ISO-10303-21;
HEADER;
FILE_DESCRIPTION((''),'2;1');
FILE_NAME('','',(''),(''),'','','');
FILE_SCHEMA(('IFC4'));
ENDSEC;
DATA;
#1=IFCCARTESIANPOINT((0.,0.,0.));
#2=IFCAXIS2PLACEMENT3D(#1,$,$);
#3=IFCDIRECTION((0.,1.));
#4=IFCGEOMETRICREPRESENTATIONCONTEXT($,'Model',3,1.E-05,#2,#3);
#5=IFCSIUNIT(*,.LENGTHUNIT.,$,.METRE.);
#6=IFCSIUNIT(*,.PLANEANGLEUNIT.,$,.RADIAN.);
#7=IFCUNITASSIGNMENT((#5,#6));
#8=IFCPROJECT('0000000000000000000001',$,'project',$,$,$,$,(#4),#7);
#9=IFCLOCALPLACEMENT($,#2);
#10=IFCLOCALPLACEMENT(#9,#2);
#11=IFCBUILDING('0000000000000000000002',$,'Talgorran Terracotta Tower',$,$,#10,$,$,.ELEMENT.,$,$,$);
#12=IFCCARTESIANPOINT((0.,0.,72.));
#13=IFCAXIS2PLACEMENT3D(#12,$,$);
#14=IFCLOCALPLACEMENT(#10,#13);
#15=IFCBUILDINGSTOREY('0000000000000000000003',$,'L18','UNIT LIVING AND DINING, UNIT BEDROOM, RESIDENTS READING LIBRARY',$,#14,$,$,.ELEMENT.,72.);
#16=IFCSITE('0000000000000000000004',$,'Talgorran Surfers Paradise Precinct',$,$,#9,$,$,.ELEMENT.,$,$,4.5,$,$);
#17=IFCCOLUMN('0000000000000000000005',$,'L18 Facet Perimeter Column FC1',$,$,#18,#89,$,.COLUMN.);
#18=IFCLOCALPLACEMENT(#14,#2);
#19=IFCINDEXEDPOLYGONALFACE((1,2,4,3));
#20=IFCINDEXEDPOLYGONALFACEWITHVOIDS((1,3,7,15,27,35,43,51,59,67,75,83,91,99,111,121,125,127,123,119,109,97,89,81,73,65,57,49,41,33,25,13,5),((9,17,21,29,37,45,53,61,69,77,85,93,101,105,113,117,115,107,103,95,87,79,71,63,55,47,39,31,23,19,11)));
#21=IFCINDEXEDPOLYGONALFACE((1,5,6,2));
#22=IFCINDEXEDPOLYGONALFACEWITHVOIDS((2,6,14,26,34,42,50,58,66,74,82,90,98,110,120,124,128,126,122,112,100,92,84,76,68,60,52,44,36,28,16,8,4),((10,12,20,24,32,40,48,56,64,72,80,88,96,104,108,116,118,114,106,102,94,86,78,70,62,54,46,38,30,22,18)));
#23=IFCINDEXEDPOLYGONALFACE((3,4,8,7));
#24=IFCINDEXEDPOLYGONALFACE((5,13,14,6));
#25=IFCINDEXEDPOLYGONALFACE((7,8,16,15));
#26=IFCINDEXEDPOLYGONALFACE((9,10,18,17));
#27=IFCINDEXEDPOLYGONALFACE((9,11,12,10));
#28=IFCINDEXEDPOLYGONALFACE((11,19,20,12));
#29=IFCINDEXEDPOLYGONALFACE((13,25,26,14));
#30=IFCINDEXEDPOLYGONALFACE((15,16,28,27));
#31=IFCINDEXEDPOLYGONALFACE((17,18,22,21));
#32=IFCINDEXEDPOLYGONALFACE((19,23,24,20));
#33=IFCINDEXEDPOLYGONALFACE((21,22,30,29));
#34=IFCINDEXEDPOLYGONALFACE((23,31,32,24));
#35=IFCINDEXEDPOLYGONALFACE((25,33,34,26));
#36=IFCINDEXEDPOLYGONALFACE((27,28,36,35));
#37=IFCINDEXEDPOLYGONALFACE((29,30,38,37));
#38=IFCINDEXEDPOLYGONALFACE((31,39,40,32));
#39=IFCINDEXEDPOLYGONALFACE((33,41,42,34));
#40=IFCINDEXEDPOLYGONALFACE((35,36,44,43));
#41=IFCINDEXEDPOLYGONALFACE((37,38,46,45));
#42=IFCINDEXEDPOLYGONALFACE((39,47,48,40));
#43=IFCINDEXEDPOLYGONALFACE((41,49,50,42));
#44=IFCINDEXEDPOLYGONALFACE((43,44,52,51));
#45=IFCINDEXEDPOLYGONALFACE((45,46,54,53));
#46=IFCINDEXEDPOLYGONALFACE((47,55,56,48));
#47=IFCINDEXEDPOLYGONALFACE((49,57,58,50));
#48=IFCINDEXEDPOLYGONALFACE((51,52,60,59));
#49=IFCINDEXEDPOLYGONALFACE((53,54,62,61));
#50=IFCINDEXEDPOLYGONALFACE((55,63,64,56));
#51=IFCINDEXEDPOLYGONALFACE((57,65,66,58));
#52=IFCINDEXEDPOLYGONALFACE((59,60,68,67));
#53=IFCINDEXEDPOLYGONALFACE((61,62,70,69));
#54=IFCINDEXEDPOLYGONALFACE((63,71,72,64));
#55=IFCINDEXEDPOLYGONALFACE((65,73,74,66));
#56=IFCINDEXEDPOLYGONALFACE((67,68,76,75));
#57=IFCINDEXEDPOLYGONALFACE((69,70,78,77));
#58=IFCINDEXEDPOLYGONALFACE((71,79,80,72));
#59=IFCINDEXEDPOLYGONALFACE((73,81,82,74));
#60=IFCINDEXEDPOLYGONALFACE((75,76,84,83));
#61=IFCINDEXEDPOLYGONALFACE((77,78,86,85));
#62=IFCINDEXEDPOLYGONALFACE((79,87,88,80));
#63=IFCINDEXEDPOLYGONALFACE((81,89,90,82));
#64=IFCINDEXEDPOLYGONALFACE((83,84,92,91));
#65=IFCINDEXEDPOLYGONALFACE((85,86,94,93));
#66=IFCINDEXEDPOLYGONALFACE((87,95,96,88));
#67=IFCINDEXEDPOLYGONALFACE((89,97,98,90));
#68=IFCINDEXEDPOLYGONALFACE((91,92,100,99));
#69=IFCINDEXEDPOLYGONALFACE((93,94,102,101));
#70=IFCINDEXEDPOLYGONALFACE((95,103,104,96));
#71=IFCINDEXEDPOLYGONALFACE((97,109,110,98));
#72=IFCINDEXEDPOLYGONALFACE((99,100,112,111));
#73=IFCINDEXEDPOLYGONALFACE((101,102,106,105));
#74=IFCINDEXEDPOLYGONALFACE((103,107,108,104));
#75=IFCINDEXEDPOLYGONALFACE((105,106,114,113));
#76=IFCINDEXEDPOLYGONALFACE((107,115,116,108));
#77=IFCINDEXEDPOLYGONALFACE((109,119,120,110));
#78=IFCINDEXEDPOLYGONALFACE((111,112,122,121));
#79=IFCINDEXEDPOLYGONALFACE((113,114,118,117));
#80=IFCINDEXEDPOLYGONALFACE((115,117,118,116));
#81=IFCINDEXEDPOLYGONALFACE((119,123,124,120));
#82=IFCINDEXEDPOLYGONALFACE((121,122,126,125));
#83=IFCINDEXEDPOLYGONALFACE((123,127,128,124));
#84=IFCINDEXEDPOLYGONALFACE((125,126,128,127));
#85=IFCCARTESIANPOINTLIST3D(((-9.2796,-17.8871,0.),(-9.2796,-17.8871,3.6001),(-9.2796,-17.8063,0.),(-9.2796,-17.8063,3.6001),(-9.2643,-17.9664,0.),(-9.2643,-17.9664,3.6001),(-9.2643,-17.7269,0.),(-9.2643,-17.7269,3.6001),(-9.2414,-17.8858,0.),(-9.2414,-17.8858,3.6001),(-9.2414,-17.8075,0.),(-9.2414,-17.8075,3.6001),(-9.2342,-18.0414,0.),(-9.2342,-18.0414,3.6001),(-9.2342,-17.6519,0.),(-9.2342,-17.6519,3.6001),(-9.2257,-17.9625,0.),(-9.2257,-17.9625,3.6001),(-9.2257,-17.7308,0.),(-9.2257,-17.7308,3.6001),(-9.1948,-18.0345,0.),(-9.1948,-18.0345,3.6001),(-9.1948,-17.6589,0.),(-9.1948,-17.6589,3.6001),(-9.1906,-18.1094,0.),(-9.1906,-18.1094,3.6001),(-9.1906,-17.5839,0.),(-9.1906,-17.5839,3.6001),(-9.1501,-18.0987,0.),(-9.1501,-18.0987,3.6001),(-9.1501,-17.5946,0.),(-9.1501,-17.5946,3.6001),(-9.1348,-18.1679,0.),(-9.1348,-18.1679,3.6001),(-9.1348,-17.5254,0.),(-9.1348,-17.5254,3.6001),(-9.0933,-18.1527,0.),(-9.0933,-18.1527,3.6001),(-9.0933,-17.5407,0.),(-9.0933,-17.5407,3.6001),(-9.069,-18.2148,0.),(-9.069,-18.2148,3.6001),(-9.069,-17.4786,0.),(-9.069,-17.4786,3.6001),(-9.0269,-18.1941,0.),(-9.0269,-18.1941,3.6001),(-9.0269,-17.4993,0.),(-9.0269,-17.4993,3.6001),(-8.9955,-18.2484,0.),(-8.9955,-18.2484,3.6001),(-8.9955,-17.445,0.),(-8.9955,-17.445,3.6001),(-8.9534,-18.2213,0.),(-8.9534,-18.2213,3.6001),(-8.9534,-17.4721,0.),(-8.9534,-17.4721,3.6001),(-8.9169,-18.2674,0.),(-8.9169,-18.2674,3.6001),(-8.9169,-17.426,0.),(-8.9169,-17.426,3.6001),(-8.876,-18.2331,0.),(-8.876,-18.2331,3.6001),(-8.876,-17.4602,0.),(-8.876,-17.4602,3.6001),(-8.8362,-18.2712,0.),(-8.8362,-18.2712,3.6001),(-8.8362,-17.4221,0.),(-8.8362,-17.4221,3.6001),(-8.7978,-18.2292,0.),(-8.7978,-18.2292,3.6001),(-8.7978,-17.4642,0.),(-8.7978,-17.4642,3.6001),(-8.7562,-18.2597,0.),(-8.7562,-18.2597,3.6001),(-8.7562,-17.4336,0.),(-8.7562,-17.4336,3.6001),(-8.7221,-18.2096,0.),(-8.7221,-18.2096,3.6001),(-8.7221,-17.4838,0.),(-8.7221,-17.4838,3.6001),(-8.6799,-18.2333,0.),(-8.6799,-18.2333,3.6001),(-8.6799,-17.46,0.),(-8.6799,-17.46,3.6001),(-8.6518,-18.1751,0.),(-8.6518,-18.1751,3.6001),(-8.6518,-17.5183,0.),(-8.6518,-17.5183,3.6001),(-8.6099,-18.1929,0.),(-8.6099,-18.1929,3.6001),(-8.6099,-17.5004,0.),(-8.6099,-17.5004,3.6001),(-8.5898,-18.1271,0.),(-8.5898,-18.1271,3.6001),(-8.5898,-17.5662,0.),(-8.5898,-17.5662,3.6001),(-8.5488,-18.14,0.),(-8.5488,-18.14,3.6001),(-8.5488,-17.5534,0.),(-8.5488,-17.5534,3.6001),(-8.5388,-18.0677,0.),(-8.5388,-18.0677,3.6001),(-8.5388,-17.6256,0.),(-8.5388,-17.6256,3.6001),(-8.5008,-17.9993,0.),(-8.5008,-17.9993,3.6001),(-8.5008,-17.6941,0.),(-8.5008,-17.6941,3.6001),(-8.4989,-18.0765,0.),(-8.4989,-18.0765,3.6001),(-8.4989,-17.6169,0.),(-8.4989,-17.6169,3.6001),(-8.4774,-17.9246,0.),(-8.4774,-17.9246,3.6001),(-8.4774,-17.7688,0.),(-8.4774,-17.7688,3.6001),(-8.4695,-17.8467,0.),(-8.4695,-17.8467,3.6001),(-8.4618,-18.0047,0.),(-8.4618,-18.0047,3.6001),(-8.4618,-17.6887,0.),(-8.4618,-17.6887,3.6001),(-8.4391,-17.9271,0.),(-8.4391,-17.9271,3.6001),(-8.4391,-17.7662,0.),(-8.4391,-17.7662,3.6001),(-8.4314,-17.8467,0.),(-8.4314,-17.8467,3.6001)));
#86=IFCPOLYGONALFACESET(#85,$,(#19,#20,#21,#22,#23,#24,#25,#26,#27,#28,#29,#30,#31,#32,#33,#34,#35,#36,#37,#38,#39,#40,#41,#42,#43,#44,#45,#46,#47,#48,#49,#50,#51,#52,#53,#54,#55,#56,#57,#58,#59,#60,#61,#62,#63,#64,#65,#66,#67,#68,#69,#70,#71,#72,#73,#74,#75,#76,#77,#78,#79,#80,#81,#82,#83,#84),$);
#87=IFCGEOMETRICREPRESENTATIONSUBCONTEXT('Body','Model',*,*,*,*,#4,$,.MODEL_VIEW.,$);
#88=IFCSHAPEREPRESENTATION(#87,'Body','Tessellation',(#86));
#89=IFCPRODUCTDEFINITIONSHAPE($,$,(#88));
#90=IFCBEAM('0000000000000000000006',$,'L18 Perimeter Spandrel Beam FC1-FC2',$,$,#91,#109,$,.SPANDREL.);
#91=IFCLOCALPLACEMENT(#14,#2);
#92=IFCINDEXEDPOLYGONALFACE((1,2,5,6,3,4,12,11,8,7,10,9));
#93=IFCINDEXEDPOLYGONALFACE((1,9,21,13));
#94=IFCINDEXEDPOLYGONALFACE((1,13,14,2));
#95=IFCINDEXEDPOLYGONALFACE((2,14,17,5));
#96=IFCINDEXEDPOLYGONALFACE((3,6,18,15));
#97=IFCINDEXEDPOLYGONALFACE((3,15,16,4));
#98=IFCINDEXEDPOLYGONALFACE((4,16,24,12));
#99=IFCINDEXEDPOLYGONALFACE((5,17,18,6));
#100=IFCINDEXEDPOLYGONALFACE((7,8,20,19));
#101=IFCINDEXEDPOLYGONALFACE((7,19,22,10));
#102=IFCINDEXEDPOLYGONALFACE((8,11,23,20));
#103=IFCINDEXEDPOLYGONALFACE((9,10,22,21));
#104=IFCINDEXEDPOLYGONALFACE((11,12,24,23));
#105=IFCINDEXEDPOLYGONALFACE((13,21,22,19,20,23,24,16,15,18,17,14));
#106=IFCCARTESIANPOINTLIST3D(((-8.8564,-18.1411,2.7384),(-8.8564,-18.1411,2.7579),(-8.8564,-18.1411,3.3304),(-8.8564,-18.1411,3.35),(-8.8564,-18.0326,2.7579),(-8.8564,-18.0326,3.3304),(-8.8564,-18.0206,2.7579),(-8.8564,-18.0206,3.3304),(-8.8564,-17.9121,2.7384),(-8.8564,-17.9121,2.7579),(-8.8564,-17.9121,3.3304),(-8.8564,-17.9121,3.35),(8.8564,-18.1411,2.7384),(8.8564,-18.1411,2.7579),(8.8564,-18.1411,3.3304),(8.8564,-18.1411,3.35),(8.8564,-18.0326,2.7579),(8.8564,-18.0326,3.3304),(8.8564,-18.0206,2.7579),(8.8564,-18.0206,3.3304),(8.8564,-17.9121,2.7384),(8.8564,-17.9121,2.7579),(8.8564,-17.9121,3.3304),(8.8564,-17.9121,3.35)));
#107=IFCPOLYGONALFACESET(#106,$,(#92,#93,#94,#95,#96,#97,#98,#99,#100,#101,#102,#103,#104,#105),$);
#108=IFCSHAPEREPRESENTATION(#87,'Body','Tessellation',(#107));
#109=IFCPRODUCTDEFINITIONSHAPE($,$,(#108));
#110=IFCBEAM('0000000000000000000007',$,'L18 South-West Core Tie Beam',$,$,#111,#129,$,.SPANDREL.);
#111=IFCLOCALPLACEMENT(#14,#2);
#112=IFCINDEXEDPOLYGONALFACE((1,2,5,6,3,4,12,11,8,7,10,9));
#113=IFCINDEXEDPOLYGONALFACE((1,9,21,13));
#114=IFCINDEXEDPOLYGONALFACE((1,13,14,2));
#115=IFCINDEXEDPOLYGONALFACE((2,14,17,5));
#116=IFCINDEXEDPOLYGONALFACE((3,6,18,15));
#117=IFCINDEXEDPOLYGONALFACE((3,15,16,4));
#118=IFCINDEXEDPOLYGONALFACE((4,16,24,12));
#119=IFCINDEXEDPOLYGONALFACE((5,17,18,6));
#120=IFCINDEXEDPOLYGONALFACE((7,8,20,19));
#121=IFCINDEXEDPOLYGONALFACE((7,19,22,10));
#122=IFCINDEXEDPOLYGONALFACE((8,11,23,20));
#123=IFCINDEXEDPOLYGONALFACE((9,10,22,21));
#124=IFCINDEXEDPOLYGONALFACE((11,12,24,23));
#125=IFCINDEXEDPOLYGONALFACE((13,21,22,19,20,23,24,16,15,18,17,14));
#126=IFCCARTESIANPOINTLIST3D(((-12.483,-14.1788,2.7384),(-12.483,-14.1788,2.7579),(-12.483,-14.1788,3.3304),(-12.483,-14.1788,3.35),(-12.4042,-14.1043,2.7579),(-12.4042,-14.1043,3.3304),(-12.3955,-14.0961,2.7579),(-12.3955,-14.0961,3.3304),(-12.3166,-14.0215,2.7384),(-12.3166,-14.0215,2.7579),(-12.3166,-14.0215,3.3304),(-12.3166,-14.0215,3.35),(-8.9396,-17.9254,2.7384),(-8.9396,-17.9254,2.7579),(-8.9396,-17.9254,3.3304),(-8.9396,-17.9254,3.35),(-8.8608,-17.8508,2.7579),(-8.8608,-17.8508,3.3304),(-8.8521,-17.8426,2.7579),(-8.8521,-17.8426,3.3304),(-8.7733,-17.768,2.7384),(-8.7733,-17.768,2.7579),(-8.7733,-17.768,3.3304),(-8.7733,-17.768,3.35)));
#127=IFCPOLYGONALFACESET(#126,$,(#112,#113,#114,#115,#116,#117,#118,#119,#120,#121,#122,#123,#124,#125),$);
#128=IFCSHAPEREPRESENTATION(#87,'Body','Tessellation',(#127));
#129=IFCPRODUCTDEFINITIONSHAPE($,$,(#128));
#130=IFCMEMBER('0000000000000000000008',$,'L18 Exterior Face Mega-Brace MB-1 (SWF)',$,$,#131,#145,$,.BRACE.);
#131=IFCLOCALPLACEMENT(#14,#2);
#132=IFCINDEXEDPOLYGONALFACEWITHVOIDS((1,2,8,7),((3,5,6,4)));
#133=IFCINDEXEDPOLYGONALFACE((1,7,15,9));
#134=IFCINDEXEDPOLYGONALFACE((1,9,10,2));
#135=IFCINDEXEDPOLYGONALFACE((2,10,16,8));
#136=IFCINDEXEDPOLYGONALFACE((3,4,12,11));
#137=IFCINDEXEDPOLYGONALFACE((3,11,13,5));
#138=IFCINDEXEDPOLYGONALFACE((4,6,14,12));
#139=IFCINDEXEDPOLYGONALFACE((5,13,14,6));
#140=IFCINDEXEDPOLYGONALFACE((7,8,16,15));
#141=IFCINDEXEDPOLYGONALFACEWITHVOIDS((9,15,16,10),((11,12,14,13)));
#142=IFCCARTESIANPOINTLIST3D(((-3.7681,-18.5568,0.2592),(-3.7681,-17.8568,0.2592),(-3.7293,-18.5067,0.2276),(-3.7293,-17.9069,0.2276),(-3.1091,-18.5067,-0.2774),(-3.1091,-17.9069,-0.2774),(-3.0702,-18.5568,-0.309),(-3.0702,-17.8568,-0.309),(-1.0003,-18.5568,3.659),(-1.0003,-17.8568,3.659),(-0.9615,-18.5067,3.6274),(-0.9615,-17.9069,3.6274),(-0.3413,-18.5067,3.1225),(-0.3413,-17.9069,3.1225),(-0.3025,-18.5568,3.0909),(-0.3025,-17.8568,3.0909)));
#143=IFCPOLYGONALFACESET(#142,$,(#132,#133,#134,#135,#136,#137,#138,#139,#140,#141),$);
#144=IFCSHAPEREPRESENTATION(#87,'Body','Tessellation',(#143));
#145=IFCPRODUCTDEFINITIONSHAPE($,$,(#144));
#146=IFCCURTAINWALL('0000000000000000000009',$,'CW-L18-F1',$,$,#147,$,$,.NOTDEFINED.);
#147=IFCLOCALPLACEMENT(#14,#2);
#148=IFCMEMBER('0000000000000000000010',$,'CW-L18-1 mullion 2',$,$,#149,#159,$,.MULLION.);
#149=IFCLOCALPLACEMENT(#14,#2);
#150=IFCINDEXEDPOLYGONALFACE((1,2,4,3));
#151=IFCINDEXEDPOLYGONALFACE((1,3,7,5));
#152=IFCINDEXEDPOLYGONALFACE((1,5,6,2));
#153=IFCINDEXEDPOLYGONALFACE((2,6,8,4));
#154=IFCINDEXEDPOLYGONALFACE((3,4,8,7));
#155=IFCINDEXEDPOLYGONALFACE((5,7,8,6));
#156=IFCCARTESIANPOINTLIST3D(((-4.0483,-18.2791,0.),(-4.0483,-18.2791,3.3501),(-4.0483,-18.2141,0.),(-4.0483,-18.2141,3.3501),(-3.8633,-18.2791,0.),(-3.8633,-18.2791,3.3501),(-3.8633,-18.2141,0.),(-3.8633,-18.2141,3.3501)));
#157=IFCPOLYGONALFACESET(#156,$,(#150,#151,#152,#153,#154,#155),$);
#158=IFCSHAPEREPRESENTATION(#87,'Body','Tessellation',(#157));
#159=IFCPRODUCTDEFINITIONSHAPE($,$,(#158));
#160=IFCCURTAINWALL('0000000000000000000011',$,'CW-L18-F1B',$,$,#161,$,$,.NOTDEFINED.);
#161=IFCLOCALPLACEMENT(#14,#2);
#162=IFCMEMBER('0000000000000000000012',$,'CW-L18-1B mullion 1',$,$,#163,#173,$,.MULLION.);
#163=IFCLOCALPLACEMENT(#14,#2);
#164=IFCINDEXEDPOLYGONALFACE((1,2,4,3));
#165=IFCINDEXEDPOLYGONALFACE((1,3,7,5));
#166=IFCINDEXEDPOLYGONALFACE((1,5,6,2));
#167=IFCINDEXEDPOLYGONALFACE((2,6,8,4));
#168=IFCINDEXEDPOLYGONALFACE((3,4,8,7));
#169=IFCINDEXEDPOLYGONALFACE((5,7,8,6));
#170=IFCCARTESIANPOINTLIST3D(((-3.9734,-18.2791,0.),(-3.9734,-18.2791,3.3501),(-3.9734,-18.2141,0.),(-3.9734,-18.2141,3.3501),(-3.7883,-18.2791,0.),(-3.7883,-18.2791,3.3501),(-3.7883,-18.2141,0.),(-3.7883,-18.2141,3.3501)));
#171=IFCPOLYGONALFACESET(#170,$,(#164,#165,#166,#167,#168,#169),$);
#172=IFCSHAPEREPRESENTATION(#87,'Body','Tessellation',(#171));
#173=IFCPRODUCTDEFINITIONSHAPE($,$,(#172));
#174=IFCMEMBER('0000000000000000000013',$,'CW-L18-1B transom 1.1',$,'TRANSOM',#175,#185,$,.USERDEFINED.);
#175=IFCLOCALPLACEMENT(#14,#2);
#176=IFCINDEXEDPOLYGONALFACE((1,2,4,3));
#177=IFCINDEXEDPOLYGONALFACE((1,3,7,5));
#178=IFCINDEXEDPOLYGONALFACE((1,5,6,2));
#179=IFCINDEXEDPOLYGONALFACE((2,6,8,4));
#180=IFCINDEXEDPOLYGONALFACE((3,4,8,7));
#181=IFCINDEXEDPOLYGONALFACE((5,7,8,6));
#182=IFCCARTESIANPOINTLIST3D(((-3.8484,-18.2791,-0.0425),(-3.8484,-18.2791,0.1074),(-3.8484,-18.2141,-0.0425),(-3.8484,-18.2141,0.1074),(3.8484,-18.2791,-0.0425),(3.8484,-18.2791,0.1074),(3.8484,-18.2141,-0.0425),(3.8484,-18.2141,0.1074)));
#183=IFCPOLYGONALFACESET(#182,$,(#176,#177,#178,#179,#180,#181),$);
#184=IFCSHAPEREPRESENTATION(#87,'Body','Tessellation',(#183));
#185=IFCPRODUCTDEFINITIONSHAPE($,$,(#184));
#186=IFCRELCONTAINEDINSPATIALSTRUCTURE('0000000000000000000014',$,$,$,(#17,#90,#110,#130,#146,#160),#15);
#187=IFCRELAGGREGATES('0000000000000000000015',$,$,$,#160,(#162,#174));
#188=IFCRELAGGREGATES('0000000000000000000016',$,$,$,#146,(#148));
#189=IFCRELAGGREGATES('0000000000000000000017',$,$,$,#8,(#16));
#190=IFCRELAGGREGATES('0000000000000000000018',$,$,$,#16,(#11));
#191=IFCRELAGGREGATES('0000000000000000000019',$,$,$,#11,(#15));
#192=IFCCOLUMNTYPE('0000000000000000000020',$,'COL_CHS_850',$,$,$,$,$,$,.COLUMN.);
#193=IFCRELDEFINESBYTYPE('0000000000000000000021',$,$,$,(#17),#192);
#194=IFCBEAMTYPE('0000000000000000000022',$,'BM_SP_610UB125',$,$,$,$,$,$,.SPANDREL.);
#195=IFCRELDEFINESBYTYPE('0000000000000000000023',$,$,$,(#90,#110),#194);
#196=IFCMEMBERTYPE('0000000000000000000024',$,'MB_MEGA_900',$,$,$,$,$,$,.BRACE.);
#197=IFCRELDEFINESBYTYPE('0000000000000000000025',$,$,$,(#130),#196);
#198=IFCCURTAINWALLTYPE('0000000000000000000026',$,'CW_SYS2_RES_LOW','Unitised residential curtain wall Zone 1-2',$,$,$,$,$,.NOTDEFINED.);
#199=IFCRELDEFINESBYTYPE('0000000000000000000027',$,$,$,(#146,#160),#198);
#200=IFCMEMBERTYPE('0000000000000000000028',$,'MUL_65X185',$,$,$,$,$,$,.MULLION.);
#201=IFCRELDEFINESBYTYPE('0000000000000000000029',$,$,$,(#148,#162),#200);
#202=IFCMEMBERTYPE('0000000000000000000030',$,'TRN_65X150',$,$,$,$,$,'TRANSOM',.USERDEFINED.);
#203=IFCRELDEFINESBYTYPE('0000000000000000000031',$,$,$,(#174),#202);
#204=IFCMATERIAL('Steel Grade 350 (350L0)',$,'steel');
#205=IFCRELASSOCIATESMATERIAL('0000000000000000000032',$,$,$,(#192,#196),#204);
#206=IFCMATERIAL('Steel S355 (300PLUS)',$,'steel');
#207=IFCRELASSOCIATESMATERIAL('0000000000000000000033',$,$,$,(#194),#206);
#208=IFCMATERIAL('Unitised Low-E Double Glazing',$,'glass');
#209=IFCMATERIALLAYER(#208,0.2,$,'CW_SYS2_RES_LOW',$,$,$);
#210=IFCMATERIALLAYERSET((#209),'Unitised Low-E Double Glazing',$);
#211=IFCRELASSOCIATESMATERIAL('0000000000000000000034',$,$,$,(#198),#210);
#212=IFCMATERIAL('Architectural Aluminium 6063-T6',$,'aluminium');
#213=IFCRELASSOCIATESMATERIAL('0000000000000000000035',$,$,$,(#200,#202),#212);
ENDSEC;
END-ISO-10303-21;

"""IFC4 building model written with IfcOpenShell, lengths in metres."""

from ifc_helpers import new_model, si_unit, direction, frame, origin, origin_2d, place, context, subcontext, project, spatial, rectangle, hollow_rectangle, hollow_circle, i_section, extrude, material, layer, layer_set, material_profile, profile_set, type_object, element, aggregate, save


model = new_model("IFC4")

# Units and contexts
model_context = context("Model", 3, precision=1e-05, world=origin(), true_north=direction((0.0, 1.0)))
body_context = subcontext(model_context, "Body", "Model", "MODEL_VIEW")
ifc_project = project(units=[si_unit("LENGTHUNIT", "METRE"), si_unit("PLANEANGLEUNIT", "RADIAN")], contexts=[model_context])

# Site, building, storey
site_placement = place(None, origin())
site = spatial("IfcSite", under=ifc_project, at=site_placement, Name="Talgorran Surfers Paradise Precinct", CompositionType="ELEMENT", RefElevation=4.5)
building_placement = place(site_placement, origin())
building = spatial("IfcBuilding", under=site, at=building_placement, Name="Talgorran Terracotta Tower", CompositionType="ELEMENT")
storey_placement = place(building_placement, frame((0.0, 0.0, 72.0)))
storey = spatial("IfcBuildingStorey", under=building, at=storey_placement, Name="L18", Description="UNIT LIVING AND DINING, UNIT BEDROOM, RESIDENTS READING LIBRARY", CompositionType="ELEMENT", Elevation=72.0)

# Column
ifc_material_1 = material(Name="Steel Grade 350 (350L0)", Category="steel")
ifc_material_profile_1 = material_profile(ifc_material_1, hollow_circle(Radius=0.425, WallThickness=0.0381, at=origin_2d()), Name="CHS850X38")
ifc_profile_set_1 = profile_set([ifc_material_profile_1], Name="Steel Grade 350 (350L0)")
column_type = type_object("IfcColumnType", Name="COL_CHS_850", PredefinedType="COLUMN", material=ifc_profile_set_1)
column_placement = place(storey_placement, frame((-8.8564, -17.8467, 0.0), z_axis=(0.0, 0.0, 1.0), x_axis=(1.0, 0.0, 0.0)))
element("IfcColumn", 1, at=column_placement, inside=storey, type_object=column_type, Name="L18 Facet Perimeter Column FC1", PredefinedType="COLUMN", context=body_context, shape_type="SweptSolid", body=[
    extrude(hollow_circle(Radius=0.425, WallThickness=0.0381, at=origin_2d()), origin(), (0.0, 0.0, 1.0), 3.6001),
])

# Beams
ifc_material_2 = material(Name="Steel S355 (300PLUS)", Category="steel")
ifc_material_profile_2 = material_profile(ifc_material_2, i_section(OverallWidth=0.229, OverallDepth=0.6116, WebThickness=0.012, FlangeThickness=0.0195, at=origin_2d()), Name="610UB125")
ifc_profile_set_2 = profile_set([ifc_material_profile_2], Name="Steel S355 (300PLUS)")
beam_type = type_object("IfcBeamType", Name="BM_SP_610UB125", PredefinedType="SPANDREL", material=ifc_profile_set_2)
beam_1_placement = place(storey_placement, frame((-8.8564, -18.0266, 3.0442), z_axis=(1.0, 0.0, 0.0), x_axis=(0.0, 1.0, 0.0)))
element("IfcBeam", 2, at=beam_1_placement, inside=storey, type_object=beam_type, Name="L18 Perimeter Spandrel Beam FC1-FC2", PredefinedType="SPANDREL", context=body_context, shape_type="SweptSolid", body=[
    extrude(i_section(OverallWidth=0.229, OverallDepth=0.6116, WebThickness=0.012, FlangeThickness=0.0195, at=origin_2d()), origin(), (0.0, 0.0, 1.0), 17.7129),
])
beam_2_placement = place(storey_placement, frame((-8.8564, -17.8467, 3.0442), z_axis=(-0.687138, 0.726527, 0.0), x_axis=(-0.726527, -0.687138, 0.0)))
element("IfcBeam", 3, at=beam_2_placement, inside=storey, type_object=beam_type, Name="L18 South-West Core Tie Beam", PredefinedType="SPANDREL", context=body_context, shape_type="SweptSolid", body=[
    extrude(i_section(OverallWidth=0.229, OverallDepth=0.6116, WebThickness=0.012, FlangeThickness=0.0195, at=origin_2d()), origin(), (0.0, 0.0, 1.0), 5.1567),
])

# Member
ifc_material_profile_3 = material_profile(ifc_material_1, hollow_rectangle(XDim=0.7, YDim=0.8999, WallThickness=0.05, at=origin_2d()), Name="WBOX900X700X50")
ifc_profile_set_3 = profile_set([ifc_material_profile_3], Name="Steel Grade 350 (350L0)")
member_type_1 = type_object("IfcMemberType", Name="MB_MEGA_900", PredefinedType="BRACE", material=ifc_profile_set_3)
member_1_placement = place(storey_placement, frame((-3.4192, -18.2068, -0.0249), z_axis=(0.631334, 0.0, 0.775511), x_axis=(0.0, 1.0, 0.0)))
element("IfcMember", 4, at=member_1_placement, inside=storey, type_object=member_type_1, Name="L18 Exterior Face Mega-Brace MB-1 (SWF)", PredefinedType="BRACE", context=body_context, shape_type="SweptSolid", body=[
    extrude(hollow_rectangle(XDim=0.7, YDim=0.8999, WallThickness=0.05, at=origin_2d()), origin(), (0.0, 0.0, 1.0), 4.384),
])

# Curtain wall, member
ifc_material_3 = material(Name="Unitised Low-E Double Glazing", Category="glass")
ifc_layer_1 = layer(ifc_material_3, 0.2, Name="CW_SYS2_RES_LOW")
ifc_layer_set_1 = layer_set([ifc_layer_1], Name="Unitised Low-E Double Glazing")
curtain_wall_type = type_object("IfcCurtainWallType", Name="CW_SYS2_RES_LOW", Description="Unitised residential curtain wall Zone 1-2", PredefinedType="NOTDEFINED", material=ifc_layer_set_1)
curtain_wall_1_placement = place(storey_placement, origin())
curtain_wall_1 = element("IfcCurtainWall", 5, at=curtain_wall_1_placement, inside=storey, type_object=curtain_wall_type, Name="CW-L18-F1", PredefinedType="NOTDEFINED")
ifc_material_4 = material(Name="Architectural Aluminium 6063-T6", Category="aluminium")
ifc_material_profile_4 = material_profile(ifc_material_4, rectangle(XDim=0.0649, YDim=0.1851, at=origin_2d()), Name="CWM65X185")
ifc_profile_set_4 = profile_set([ifc_material_profile_4], Name="Architectural Aluminium 6063-T6")
member_type_2 = type_object("IfcMemberType", Name="MUL_65X185", PredefinedType="MULLION", material=ifc_profile_set_4)
member_2_placement = place(storey_placement, frame((-3.9558, -18.2466, 0.0), z_axis=(0.0, 0.0, 1.0), x_axis=(0.0, 1.0, 0.0)))
member_2 = element("IfcMember", 6, at=member_2_placement, type_object=member_type_2, Name="CW-L18-1 mullion 2", PredefinedType="MULLION", context=body_context, shape_type="SweptSolid", body=[
    extrude(rectangle(XDim=0.0649, YDim=0.1851, at=origin_2d()), origin(), (0.0, 0.0, 1.0), 3.3501),
])

# Curtain wall, members
curtain_wall_2_placement = place(storey_placement, origin())
curtain_wall_2 = element("IfcCurtainWall", 7, at=curtain_wall_2_placement, inside=storey, type_object=curtain_wall_type, Name="CW-L18-F1B", PredefinedType="NOTDEFINED")
member_3_placement = place(storey_placement, frame((-3.8809, -18.2466, 0.0), z_axis=(0.0, 0.0, 1.0), x_axis=(0.0, 1.0, 0.0)))
member_3 = element("IfcMember", 8, at=member_3_placement, type_object=member_type_2, Name="CW-L18-1B mullion 1", PredefinedType="MULLION", context=body_context, shape_type="SweptSolid", body=[
    extrude(rectangle(XDim=0.0649, YDim=0.1851, at=origin_2d()), origin(), (0.0, 0.0, 1.0), 3.3501),
])
ifc_material_profile_5 = material_profile(ifc_material_4, rectangle(XDim=0.0649, YDim=0.1499, at=origin_2d()), Name="CWT65X150")
ifc_profile_set_5 = profile_set([ifc_material_profile_5], Name="Architectural Aluminium 6063-T6")
member_type_3 = type_object("IfcMemberType", Name="TRN_65X150", ElementType="TRANSOM", PredefinedType="USERDEFINED", material=ifc_profile_set_5)
member_4_placement = place(storey_placement, frame((-3.8484, -18.2466, 0.0325), z_axis=(1.0, 0.0, 0.0), x_axis=(0.0, 1.0, 0.0)))
member_4 = element("IfcMember", 9, at=member_4_placement, type_object=member_type_3, Name="CW-L18-1B transom 1.1", ObjectType="TRANSOM", PredefinedType="USERDEFINED", context=body_context, shape_type="SweptSolid", body=[
    extrude(rectangle(XDim=0.0649, YDim=0.1499, at=origin_2d()), origin(), (0.0, 0.0, 1.0), 7.6968),
])
aggregate(curtain_wall_2, [member_3, member_4])

aggregate(curtain_wall_1, [member_2])

save(model, "model.ifc")
